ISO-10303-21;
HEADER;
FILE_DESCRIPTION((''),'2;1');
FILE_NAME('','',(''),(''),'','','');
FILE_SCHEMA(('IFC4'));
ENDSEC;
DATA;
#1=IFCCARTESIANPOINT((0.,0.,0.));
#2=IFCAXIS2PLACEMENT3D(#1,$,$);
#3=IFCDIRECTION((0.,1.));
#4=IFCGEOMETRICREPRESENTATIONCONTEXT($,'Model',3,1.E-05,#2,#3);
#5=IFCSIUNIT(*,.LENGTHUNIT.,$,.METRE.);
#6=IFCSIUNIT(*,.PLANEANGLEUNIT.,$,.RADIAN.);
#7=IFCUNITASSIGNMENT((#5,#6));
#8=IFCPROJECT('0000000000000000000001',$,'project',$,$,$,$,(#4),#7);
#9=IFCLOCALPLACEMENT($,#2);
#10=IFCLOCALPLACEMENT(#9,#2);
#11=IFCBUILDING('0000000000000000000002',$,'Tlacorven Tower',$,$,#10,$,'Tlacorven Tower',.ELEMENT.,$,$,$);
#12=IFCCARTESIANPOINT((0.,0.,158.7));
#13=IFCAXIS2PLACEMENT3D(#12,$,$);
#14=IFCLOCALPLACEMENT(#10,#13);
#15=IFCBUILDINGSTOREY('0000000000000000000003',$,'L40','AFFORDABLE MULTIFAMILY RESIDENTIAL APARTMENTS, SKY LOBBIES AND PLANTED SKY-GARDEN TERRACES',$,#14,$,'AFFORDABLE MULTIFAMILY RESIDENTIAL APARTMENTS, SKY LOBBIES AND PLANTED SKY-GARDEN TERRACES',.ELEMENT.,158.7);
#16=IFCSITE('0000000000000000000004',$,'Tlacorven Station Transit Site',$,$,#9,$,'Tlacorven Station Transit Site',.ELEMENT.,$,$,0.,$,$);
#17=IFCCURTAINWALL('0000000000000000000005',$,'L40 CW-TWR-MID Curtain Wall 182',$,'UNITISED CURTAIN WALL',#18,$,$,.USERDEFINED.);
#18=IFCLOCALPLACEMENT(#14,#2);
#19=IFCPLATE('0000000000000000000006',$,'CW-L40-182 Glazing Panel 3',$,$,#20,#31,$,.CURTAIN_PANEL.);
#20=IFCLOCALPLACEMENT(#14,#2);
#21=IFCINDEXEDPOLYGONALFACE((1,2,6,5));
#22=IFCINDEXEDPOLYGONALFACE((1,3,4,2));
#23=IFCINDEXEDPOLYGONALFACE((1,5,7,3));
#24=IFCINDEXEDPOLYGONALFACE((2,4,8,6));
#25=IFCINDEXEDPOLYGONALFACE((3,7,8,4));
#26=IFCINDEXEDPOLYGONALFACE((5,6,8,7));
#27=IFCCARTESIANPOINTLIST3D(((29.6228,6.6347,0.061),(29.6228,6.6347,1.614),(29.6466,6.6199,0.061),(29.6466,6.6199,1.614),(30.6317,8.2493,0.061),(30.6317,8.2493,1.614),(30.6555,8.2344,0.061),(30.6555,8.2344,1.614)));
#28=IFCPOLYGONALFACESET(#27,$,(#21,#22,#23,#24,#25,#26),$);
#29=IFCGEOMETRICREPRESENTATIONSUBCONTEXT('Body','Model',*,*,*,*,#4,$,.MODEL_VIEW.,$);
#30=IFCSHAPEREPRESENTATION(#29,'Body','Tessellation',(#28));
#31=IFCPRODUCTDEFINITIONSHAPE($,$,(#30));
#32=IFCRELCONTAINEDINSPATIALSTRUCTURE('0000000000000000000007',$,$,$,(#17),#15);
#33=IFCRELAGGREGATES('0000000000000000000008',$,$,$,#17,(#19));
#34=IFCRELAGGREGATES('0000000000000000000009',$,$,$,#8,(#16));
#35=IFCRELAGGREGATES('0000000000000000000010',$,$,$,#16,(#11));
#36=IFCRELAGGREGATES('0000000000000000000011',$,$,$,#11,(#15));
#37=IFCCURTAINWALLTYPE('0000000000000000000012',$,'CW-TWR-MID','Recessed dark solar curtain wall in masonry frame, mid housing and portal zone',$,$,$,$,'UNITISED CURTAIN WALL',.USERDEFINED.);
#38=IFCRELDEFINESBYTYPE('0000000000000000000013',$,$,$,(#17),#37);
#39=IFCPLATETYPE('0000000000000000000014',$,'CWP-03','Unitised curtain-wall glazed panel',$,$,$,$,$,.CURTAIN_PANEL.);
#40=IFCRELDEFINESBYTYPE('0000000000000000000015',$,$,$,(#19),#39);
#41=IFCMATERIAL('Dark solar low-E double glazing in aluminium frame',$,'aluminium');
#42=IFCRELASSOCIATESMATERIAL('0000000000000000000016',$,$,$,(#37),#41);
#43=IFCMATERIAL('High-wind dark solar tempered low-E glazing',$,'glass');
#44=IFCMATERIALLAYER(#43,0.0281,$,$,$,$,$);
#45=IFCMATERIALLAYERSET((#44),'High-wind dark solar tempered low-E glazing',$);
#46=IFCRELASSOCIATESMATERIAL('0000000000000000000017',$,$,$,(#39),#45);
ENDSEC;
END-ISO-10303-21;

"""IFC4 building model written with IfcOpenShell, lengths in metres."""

from ifc_helpers import new_model, si_unit, direction, frame, origin, origin_2d, place, context, subcontext, project, spatial, rectangle, extrude, source, transform, mapped, material, layer, layer_set, type_object, element, aggregate, save


model = new_model("IFC4")

# Units and contexts
model_context = context("Model", 3, precision=1e-05, world=origin(), true_north=direction((0.0, 1.0)))
body_context = subcontext(model_context, "Body", "Model", "MODEL_VIEW")
ifc_project = project(units=[si_unit("LENGTHUNIT", "METRE"), si_unit("PLANEANGLEUNIT", "RADIAN")], contexts=[model_context])

# Site, building, storey
site_placement = place(None, origin())
site = spatial("IfcSite", under=ifc_project, at=site_placement, Name="Tlacorven Station Transit Site", LongName="Tlacorven Station Transit Site", CompositionType="ELEMENT", RefElevation=0.0)
building_placement = place(site_placement, origin())
building = spatial("IfcBuilding", under=site, at=building_placement, Name="Tlacorven Tower", LongName="Tlacorven Tower", CompositionType="ELEMENT")
storey_placement = place(building_placement, frame((0.0, 0.0, 158.7)))
storey = spatial("IfcBuildingStorey", under=building, at=storey_placement, Name="L40", Description="AFFORDABLE MULTIFAMILY RESIDENTIAL APARTMENTS, SKY LOBBIES AND PLANTED SKY-GARDEN TERRACES", LongName="AFFORDABLE MULTIFAMILY RESIDENTIAL APARTMENTS, SKY LOBBIES AND PLANTED SKY-GARDEN TERRACES", CompositionType="ELEMENT", Elevation=158.7)

# Shared definitions
ifc_material_1 = material(Name="Dark solar low-E double glazing in aluminium frame", Category="aluminium")
curtain_wall_type = type_object("IfcCurtainWallType", Name="CW-TWR-MID", Description="Recessed dark solar curtain wall in masonry frame, mid housing and portal zone", ElementType="UNITISED CURTAIN WALL", PredefinedType="USERDEFINED", material=ifc_material_1)

# Shared definitions
ifc_material_2 = material(Name="High-wind dark solar tempered low-E glazing", Category="glass")
ifc_layer = layer(ifc_material_2, 0.0281)
ifc_layer_set = layer_set([ifc_layer], Name="High-wind dark solar tempered low-E glazing")
plate_type = type_object("IfcPlateType", Name="CWP-03", Description="Unitised curtain-wall glazed panel", PredefinedType="CURTAIN_PANEL", material=ifc_layer_set)

# Curtain wall, plate
curtain_wall_1_placement = place(storey_placement, origin())
curtain_wall_1 = element("IfcCurtainWall", 1, at=curtain_wall_1_placement, inside=storey, type_object=curtain_wall_type, Name="L40 CW-TWR-MID Curtain Wall 182", ObjectType="UNITISED CURTAIN WALL", PredefinedType="USERDEFINED")
shared_shape_1 = source(origin(), body_context, "Body", "SweptSolid", [
    extrude(rectangle(XDim=1.9038, YDim=0.0281, at=origin_2d()), origin(), (0.0, 0.0, 1.0), 1.553),
])
plate_1_placement = place(storey_placement, frame((30.1392, 7.4346, 0.061), z_axis=(0.0, 0.0, 1.0), x_axis=(-0.529919, -0.848048, 0.0)))
plate_1 = element("IfcPlate", 2, at=plate_1_placement, type_object=plate_type, Name="CW-L40-182 Glazing Panel 3", PredefinedType="CURTAIN_PANEL", context=body_context, shape_type="MappedRepresentation", body=[
    mapped(shared_shape_1, transform((0.0, 0.0, 0.0), scale=1.0)),
])
aggregate(curtain_wall_1, [plate_1])

save(model, "model.ifc")
